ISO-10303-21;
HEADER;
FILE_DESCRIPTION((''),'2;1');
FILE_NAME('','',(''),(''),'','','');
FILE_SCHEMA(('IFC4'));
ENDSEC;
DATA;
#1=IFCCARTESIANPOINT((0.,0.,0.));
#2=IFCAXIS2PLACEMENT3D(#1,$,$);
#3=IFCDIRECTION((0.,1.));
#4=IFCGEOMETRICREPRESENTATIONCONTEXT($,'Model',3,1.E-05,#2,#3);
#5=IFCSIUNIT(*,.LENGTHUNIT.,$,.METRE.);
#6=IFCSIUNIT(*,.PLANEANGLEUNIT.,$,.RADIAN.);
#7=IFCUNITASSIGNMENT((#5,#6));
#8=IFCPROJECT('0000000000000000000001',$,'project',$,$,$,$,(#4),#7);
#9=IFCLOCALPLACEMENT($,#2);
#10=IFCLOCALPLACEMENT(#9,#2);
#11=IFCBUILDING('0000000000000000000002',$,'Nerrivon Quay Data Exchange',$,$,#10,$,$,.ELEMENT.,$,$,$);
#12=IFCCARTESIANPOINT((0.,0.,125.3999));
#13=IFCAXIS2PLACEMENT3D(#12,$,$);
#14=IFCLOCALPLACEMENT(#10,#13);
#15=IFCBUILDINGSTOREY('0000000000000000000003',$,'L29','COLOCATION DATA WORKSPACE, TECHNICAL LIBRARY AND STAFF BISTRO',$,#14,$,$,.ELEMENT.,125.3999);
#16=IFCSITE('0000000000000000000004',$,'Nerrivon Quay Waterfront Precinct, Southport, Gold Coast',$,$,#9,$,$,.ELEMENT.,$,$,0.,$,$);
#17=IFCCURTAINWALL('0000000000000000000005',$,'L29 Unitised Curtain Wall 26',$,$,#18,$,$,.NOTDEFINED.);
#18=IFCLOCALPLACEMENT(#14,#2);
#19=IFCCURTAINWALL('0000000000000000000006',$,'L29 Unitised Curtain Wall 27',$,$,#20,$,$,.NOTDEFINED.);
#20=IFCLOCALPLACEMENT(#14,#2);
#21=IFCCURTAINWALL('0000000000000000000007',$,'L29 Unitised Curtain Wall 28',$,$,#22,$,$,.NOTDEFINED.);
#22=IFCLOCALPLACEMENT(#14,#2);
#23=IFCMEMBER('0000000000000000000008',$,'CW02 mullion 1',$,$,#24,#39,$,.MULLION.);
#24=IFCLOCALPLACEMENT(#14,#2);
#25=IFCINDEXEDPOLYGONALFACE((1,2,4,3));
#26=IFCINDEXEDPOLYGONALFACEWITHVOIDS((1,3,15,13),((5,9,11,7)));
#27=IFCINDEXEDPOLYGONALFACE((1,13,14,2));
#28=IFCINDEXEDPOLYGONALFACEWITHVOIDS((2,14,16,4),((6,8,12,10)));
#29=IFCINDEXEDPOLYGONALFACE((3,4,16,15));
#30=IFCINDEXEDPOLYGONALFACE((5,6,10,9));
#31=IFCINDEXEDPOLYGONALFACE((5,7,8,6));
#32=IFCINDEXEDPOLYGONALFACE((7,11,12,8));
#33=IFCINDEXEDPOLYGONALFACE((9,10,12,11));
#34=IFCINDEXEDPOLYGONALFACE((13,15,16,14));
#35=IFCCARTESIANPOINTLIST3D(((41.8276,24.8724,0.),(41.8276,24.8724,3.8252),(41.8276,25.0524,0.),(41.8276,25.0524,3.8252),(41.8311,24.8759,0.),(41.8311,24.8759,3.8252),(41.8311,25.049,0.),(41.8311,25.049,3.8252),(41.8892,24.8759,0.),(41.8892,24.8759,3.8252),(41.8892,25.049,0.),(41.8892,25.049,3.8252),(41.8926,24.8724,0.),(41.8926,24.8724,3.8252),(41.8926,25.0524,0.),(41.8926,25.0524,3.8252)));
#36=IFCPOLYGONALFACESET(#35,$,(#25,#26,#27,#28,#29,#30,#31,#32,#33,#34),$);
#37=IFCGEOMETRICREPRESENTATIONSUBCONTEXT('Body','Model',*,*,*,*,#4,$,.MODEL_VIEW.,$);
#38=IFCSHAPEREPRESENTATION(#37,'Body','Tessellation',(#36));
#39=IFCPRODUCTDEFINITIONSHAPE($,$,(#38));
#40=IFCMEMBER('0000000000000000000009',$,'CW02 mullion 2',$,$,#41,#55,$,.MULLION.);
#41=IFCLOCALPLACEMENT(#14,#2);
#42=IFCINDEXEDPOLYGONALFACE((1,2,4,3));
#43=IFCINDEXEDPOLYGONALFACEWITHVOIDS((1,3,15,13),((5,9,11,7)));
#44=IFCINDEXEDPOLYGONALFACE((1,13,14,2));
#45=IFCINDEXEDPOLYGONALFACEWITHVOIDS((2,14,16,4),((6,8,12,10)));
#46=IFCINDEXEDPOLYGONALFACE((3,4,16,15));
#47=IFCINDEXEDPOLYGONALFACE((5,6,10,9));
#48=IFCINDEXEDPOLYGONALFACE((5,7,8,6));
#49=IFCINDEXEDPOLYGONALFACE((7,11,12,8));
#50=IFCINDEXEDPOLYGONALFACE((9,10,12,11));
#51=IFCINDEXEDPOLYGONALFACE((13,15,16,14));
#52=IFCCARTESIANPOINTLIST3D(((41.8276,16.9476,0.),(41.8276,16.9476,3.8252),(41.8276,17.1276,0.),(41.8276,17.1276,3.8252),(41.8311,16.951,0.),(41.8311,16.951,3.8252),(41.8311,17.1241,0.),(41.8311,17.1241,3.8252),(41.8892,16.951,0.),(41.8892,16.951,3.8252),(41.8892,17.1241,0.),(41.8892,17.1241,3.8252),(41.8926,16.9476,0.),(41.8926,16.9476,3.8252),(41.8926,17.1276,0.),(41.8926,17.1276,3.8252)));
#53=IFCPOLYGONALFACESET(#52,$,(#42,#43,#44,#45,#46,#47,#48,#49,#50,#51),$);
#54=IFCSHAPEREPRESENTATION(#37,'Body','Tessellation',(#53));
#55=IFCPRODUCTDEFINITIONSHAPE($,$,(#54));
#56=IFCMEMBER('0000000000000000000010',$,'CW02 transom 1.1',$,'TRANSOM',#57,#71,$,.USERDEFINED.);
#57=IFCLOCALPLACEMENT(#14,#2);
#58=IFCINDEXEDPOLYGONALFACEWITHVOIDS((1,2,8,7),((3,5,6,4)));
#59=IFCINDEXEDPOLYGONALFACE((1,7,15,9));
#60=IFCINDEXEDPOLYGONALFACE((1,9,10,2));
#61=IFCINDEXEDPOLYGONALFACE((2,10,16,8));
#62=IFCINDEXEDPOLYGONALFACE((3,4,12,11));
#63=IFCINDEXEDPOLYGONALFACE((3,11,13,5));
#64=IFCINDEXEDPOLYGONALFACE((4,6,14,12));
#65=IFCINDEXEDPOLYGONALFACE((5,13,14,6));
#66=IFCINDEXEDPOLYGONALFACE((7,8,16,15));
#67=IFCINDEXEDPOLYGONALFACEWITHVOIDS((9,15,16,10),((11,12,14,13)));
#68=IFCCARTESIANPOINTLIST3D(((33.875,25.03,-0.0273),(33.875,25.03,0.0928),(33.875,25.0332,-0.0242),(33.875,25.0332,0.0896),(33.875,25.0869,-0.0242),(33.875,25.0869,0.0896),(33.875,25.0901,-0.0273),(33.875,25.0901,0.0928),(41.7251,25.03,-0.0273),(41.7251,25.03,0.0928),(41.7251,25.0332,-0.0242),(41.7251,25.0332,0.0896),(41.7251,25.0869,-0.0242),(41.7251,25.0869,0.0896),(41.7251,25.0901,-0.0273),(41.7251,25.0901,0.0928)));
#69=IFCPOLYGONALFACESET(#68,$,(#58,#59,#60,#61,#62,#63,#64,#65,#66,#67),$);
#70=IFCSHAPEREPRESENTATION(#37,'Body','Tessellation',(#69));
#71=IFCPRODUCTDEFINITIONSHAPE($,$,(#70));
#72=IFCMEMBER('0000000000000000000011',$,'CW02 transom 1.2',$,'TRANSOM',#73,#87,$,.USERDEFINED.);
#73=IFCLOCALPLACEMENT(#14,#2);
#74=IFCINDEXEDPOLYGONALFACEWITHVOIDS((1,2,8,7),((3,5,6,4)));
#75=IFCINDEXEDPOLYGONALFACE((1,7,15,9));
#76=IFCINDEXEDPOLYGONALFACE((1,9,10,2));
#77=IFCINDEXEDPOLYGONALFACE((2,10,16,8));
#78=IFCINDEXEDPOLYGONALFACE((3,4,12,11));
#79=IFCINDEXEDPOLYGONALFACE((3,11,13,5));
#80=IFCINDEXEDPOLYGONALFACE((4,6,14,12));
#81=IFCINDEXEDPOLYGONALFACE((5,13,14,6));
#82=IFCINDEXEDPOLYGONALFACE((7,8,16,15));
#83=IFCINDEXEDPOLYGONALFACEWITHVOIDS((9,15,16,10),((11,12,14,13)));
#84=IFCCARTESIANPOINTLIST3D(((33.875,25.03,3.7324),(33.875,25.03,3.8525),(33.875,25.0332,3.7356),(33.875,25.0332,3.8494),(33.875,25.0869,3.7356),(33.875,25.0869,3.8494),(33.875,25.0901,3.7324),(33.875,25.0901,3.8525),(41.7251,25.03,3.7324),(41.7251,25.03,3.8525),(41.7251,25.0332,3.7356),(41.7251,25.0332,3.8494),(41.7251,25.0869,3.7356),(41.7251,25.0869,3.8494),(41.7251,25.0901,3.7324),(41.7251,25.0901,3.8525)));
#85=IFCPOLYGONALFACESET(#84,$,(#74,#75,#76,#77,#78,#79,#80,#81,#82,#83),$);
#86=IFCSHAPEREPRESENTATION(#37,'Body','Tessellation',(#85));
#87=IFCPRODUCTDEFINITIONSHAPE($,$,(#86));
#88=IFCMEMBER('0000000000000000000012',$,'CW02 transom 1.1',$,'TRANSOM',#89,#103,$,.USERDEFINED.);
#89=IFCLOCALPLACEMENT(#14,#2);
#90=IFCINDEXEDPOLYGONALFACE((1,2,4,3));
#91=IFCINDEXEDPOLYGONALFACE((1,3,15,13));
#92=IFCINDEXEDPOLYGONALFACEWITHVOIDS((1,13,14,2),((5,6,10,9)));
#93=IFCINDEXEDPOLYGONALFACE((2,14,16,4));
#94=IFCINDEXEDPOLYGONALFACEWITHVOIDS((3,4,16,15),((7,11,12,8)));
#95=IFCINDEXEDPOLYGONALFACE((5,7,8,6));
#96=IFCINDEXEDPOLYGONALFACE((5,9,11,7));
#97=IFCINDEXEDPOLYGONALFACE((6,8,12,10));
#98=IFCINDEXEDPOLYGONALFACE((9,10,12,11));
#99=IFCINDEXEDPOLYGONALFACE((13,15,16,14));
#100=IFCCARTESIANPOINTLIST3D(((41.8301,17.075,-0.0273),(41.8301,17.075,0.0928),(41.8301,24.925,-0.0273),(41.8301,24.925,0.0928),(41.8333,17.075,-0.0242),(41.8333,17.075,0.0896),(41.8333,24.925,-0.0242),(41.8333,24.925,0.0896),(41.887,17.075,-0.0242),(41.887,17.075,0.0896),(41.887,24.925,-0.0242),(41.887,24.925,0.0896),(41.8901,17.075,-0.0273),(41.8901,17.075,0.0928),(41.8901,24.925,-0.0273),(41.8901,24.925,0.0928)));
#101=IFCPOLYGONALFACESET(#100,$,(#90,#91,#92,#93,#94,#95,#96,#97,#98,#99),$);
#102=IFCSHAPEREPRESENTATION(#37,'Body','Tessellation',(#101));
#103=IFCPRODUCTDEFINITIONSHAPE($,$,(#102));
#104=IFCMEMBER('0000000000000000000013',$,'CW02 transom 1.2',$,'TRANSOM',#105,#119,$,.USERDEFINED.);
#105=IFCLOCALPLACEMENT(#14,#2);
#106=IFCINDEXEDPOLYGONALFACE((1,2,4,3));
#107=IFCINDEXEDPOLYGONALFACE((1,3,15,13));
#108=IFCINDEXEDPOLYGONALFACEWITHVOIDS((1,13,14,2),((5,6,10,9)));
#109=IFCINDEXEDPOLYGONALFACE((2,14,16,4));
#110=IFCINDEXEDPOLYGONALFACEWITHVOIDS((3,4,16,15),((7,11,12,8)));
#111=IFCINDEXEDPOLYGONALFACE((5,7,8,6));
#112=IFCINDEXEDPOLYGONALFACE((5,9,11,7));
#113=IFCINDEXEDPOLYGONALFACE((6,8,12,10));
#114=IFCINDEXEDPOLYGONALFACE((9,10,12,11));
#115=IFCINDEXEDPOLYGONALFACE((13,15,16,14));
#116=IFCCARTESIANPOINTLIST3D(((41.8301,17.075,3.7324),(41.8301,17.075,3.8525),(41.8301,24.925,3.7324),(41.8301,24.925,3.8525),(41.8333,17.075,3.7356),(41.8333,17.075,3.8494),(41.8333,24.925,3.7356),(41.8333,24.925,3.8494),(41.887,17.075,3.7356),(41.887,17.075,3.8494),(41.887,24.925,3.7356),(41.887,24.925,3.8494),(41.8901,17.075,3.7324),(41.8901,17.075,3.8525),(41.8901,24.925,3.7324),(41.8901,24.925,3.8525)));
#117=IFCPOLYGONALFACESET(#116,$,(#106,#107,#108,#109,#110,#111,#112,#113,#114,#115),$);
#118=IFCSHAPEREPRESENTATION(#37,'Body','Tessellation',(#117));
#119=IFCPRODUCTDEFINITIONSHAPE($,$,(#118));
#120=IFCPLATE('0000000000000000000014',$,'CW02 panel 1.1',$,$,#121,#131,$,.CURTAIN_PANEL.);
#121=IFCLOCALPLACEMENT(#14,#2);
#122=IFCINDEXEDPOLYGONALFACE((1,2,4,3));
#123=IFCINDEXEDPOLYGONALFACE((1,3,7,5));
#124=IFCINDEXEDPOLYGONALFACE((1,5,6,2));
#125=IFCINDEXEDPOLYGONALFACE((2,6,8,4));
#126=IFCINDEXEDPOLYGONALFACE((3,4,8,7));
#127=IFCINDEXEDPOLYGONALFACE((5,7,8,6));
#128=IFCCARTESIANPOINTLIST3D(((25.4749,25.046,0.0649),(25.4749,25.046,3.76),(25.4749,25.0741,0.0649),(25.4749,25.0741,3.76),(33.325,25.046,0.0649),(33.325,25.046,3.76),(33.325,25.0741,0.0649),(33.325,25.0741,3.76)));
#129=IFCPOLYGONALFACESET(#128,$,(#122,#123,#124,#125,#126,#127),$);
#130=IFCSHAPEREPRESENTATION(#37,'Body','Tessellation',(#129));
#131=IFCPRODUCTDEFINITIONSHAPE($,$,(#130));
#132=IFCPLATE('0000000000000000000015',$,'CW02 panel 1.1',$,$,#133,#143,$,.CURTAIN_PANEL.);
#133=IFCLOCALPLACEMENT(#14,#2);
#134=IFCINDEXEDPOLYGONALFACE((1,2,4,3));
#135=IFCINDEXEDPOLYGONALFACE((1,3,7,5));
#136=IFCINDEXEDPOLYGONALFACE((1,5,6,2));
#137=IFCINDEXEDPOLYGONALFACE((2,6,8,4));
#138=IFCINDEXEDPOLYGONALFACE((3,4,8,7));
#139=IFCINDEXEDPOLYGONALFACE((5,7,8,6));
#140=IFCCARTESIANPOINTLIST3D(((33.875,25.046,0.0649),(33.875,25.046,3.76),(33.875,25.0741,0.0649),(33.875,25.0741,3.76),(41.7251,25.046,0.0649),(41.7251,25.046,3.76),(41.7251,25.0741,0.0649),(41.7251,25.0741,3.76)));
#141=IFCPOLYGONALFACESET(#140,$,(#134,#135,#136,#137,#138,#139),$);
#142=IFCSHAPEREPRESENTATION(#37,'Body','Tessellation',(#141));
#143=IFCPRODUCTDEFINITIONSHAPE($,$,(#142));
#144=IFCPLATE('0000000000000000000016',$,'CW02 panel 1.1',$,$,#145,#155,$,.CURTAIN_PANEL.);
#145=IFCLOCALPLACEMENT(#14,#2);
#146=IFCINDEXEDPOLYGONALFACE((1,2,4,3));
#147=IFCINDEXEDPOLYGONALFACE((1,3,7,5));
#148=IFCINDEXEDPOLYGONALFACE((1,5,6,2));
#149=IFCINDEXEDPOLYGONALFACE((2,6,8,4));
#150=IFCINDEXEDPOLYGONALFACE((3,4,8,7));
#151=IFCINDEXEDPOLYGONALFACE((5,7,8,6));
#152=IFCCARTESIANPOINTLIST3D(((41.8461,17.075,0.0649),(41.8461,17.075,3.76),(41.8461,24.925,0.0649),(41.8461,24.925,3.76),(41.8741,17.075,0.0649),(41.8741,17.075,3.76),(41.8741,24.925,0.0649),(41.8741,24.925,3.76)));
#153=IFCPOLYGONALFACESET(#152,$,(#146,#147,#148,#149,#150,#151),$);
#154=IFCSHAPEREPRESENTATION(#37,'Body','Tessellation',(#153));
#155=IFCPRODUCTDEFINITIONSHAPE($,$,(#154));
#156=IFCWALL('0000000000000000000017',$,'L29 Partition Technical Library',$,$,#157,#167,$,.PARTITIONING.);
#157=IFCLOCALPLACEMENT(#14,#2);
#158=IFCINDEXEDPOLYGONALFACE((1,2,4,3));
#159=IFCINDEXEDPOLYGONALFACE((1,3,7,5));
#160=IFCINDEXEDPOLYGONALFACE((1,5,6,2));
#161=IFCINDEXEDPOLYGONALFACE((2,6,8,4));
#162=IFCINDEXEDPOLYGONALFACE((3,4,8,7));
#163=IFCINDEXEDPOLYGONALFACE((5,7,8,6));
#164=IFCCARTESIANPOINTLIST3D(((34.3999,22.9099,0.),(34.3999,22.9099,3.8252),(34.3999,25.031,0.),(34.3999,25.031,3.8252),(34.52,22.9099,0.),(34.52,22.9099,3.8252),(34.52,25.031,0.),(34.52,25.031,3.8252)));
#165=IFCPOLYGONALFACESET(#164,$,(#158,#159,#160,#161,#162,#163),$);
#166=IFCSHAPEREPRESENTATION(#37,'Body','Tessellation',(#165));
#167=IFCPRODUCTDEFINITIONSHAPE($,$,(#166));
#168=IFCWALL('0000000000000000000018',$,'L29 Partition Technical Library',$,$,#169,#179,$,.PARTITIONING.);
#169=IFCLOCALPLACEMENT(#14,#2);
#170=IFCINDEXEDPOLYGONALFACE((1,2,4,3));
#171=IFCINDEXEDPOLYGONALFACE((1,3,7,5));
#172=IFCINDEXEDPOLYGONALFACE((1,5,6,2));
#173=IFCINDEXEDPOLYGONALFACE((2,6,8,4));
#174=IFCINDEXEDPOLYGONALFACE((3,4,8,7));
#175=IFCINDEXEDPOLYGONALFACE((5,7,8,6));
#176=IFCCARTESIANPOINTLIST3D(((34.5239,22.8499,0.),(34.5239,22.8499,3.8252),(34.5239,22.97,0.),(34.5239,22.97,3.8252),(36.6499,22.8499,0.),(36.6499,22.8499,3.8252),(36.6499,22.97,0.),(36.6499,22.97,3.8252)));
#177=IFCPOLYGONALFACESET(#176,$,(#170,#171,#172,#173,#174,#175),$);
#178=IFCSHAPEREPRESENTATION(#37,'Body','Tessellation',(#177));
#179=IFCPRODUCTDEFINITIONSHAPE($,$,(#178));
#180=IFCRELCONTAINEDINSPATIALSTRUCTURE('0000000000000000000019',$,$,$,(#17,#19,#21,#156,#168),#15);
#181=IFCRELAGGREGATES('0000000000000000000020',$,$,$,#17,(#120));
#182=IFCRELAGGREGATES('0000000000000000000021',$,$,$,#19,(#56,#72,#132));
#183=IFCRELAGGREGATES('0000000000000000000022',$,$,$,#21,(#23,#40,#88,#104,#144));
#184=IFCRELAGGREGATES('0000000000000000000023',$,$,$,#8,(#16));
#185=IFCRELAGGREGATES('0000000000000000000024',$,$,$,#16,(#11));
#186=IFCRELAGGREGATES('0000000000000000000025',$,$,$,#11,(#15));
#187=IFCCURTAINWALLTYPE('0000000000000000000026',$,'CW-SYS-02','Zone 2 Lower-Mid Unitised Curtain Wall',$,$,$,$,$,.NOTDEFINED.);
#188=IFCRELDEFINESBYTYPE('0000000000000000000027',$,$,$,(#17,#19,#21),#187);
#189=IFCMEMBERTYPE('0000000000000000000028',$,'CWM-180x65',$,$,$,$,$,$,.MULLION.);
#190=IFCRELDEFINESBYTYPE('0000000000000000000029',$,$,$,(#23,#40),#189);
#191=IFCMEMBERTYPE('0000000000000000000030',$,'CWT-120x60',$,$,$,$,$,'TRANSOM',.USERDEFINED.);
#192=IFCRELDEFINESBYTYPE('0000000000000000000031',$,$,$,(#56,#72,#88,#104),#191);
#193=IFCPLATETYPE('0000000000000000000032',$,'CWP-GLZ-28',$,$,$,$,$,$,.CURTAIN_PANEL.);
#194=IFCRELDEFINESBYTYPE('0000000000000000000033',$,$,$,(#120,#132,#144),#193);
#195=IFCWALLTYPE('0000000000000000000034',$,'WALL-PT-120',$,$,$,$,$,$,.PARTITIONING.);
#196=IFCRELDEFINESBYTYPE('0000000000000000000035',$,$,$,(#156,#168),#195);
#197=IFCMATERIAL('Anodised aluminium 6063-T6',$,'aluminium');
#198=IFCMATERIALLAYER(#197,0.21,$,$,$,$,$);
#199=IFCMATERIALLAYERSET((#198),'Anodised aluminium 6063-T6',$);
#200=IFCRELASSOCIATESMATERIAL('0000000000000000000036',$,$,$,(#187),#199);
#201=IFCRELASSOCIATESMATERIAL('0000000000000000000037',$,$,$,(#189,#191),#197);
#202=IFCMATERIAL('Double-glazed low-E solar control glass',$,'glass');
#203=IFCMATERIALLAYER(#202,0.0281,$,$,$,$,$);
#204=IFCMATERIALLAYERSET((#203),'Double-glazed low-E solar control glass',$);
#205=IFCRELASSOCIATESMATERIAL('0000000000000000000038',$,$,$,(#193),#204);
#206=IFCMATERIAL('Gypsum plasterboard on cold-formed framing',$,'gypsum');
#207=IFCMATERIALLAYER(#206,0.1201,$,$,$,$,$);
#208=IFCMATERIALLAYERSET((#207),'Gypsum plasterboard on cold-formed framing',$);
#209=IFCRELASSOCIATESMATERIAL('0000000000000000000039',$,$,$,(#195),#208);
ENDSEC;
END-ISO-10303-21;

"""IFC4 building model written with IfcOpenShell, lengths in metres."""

from ifc_helpers import new_model, si_unit, direction, frame, frame_2d, origin, origin_2d, place, context, subcontext, project, spatial, rectangle, hollow_rectangle, extrude, material, layer, layer_set, material_profile, profile_set, type_object, element, aggregate, save


model = new_model("IFC4")

# Units and contexts
model_context = context("Model", 3, precision=1e-05, world=origin(), true_north=direction((0.0, 1.0)))
body_context = subcontext(model_context, "Body", "Model", "MODEL_VIEW")
ifc_project = project(units=[si_unit("LENGTHUNIT", "METRE"), si_unit("PLANEANGLEUNIT", "RADIAN")], contexts=[model_context])

# Site, building, storey
site_placement = place(None, origin())
site = spatial("IfcSite", under=ifc_project, at=site_placement, Name="Nerrivon Quay Waterfront Precinct, Southport, Gold Coast", CompositionType="ELEMENT", RefElevation=0.0)
building_placement = place(site_placement, origin())
building = spatial("IfcBuilding", under=site, at=building_placement, Name="Nerrivon Quay Data Exchange", CompositionType="ELEMENT")
storey_placement = place(building_placement, frame((0.0, 0.0, 125.3999)))
storey = spatial("IfcBuildingStorey", under=building, at=storey_placement, Name="L29", Description="COLOCATION DATA WORKSPACE, TECHNICAL LIBRARY AND STAFF BISTRO", CompositionType="ELEMENT", Elevation=125.3999)

# Curtain wall
ifc_material_1 = material(Name="Anodised aluminium 6063-T6", Category="aluminium")
ifc_layer_1 = layer(ifc_material_1, 0.21)
ifc_layer_set_1 = layer_set([ifc_layer_1], Name="Anodised aluminium 6063-T6")
curtain_wall_type = type_object("IfcCurtainWallType", Name="CW-SYS-02", Description="Zone 2 Lower-Mid Unitised Curtain Wall", PredefinedType="NOTDEFINED", material=ifc_layer_set_1)
curtain_wall_1_placement = place(storey_placement, origin())
curtain_wall_1 = element("IfcCurtainWall", 1, at=curtain_wall_1_placement, inside=storey, type_object=curtain_wall_type, Name="L29 Unitised Curtain Wall 26", PredefinedType="NOTDEFINED")
ifc_material_profile_1 = material_profile(ifc_material_1, hollow_rectangle(XDim=0.0649, YDim=0.1799, WallThickness=0.0034, at=origin_2d()), Name="ALU-MULL-180x65")
ifc_profile_set_1 = profile_set([ifc_material_profile_1], Name="Anodised aluminium 6063-T6")
member_type_1 = type_object("IfcMemberType", Name="CWM-180x65", PredefinedType="MULLION", material=ifc_profile_set_1)

# Curtain walls, members
curtain_wall_2_placement = place(storey_placement, origin())
curtain_wall_2 = element("IfcCurtainWall", 2, at=curtain_wall_2_placement, inside=storey, type_object=curtain_wall_type, Name="L29 Unitised Curtain Wall 27", PredefinedType="NOTDEFINED")
curtain_wall_3_placement = place(storey_placement, origin())
curtain_wall_3 = element("IfcCurtainWall", 3, at=curtain_wall_3_placement, inside=storey, type_object=curtain_wall_type, Name="L29 Unitised Curtain Wall 28", PredefinedType="NOTDEFINED")
member_1_placement = place(storey_placement, frame((41.8601, 24.9624, 0.0), z_axis=(0.0, 0.0, 1.0), x_axis=(1.0, 0.0, 0.0)))
member_1 = element("IfcMember", 4, at=member_1_placement, type_object=member_type_1, Name="CW02 mullion 1", PredefinedType="MULLION", context=body_context, shape_type="SweptSolid", body=[
    extrude(hollow_rectangle(XDim=0.0649, YDim=0.1799, WallThickness=0.0034, at=origin_2d()), origin(), (0.0, 0.0, 1.0), 3.8252),
])
member_2_placement = place(storey_placement, frame((41.8601, 17.0376, 0.0), z_axis=(0.0, 0.0, 1.0), x_axis=(1.0, 0.0, 0.0)))
member_2 = element("IfcMember", 5, at=member_2_placement, type_object=member_type_1, Name="CW02 mullion 2", PredefinedType="MULLION", context=body_context, shape_type="SweptSolid", body=[
    extrude(hollow_rectangle(XDim=0.0649, YDim=0.1799, WallThickness=0.0034, at=origin_2d()), origin(), (0.0, 0.0, 1.0), 3.8252),
])

# Members
ifc_material_profile_2 = material_profile(ifc_material_1, hollow_rectangle(XDim=0.0601, YDim=0.1201, WallThickness=0.0032, at=origin_2d()), Name="ALU-TRAN-120x60")
ifc_profile_set_2 = profile_set([ifc_material_profile_2], Name="Anodised aluminium 6063-T6")
member_type_2 = type_object("IfcMemberType", Name="CWT-120x60", ElementType="TRANSOM", PredefinedType="USERDEFINED", material=ifc_profile_set_2)
member_3_placement = place(storey_placement, frame((33.875, 25.0601, 0.0327), z_axis=(1.0, 0.0, 0.0), x_axis=(0.0, 1.0, 0.0)))
member_3 = element("IfcMember", 6, at=member_3_placement, type_object=member_type_2, Name="CW02 transom 1.1", ObjectType="TRANSOM", PredefinedType="USERDEFINED", context=body_context, shape_type="SweptSolid", body=[
    extrude(hollow_rectangle(XDim=0.0601, YDim=0.1201, WallThickness=0.0032, at=origin_2d()), origin(), (0.0, 0.0, 1.0), 7.8501),
])
member_4_placement = place(storey_placement, frame((33.875, 25.0601, 3.7925), z_axis=(1.0, 0.0, 0.0), x_axis=(0.0, 1.0, 0.0)))
member_4 = element("IfcMember", 7, at=member_4_placement, type_object=member_type_2, Name="CW02 transom 1.2", ObjectType="TRANSOM", PredefinedType="USERDEFINED", context=body_context, shape_type="SweptSolid", body=[
    extrude(hollow_rectangle(XDim=0.0601, YDim=0.1201, WallThickness=0.0032, at=origin_2d()), origin(), (0.0, 0.0, 1.0), 7.8501),
])
member_5_placement = place(storey_placement, frame((41.8601, 24.925, 0.0327), z_axis=(0.0, -1.0, 0.0), x_axis=(1.0, 0.0, 0.0)))
member_5 = element("IfcMember", 8, at=member_5_placement, type_object=member_type_2, Name="CW02 transom 1.1", ObjectType="TRANSOM", PredefinedType="USERDEFINED", context=body_context, shape_type="SweptSolid", body=[
    extrude(hollow_rectangle(XDim=0.0601, YDim=0.1201, WallThickness=0.0032, at=origin_2d()), origin(), (0.0, 0.0, 1.0), 7.8501),
])
member_6_placement = place(storey_placement, frame((41.8601, 24.925, 3.7925), z_axis=(0.0, -1.0, 0.0), x_axis=(1.0, 0.0, 0.0)))
member_6 = element("IfcMember", 9, at=member_6_placement, type_object=member_type_2, Name="CW02 transom 1.2", ObjectType="TRANSOM", PredefinedType="USERDEFINED", context=body_context, shape_type="SweptSolid", body=[
    extrude(hollow_rectangle(XDim=0.0601, YDim=0.1201, WallThickness=0.0032, at=origin_2d()), origin(), (0.0, 0.0, 1.0), 7.8501),
])

# Plates
ifc_material_2 = material(Name="Double-glazed low-E solar control glass", Category="glass")
ifc_layer_2 = layer(ifc_material_2, 0.0281)
ifc_layer_set_2 = layer_set([ifc_layer_2], Name="Double-glazed low-E solar control glass")
plate_type = type_object("IfcPlateType", Name="CWP-GLZ-28", PredefinedType="CURTAIN_PANEL", material=ifc_layer_set_2)
plate_1_placement = place(storey_placement, frame((29.3999, 25.0601, 0.0649), z_axis=(0.0, 0.0, 1.0), x_axis=(1.0, 0.0, 0.0)))
plate_1 = element("IfcPlate", 10, at=plate_1_placement, type_object=plate_type, Name="CW02 panel 1.1", PredefinedType="CURTAIN_PANEL", context=body_context, shape_type="SweptSolid", body=[
    extrude(rectangle(XDim=7.8501, YDim=0.0281, at=origin_2d()), origin(), (0.0, 0.0, 1.0), 3.6951),
])
aggregate(curtain_wall_1, [plate_1])
plate_2_placement = place(storey_placement, frame((37.8, 25.0601, 0.0649), z_axis=(0.0, 0.0, 1.0), x_axis=(1.0, 0.0, 0.0)))
plate_2 = element("IfcPlate", 11, at=plate_2_placement, type_object=plate_type, Name="CW02 panel 1.1", PredefinedType="CURTAIN_PANEL", context=body_context, shape_type="SweptSolid", body=[
    extrude(rectangle(XDim=7.8501, YDim=0.0281, at=origin_2d()), origin(), (0.0, 0.0, 1.0), 3.6951),
])
aggregate(curtain_wall_2, [member_3, member_4, plate_2])
plate_3_placement = place(storey_placement, frame((41.8601, 21.0, 0.0649), z_axis=(0.0, 0.0, 1.0), x_axis=(0.0, -1.0, 0.0)))
plate_3 = element("IfcPlate", 12, at=plate_3_placement, type_object=plate_type, Name="CW02 panel 1.1", PredefinedType="CURTAIN_PANEL", context=body_context, shape_type="SweptSolid", body=[
    extrude(rectangle(XDim=7.8501, YDim=0.0281, at=origin_2d()), origin(), (0.0, 0.0, 1.0), 3.6951),
])
aggregate(curtain_wall_3, [member_1, member_2, member_5, member_6, plate_3])

# Walls
ifc_material_3 = material(Name="Gypsum plasterboard on cold-formed framing", Category="gypsum")
ifc_layer_3 = layer(ifc_material_3, 0.1201)
ifc_layer_set_3 = layer_set([ifc_layer_3], Name="Gypsum plasterboard on cold-formed framing")
wall_type_1 = type_object("IfcWallType", Name="WALL-PT-120", PredefinedType="PARTITIONING", material=ifc_layer_set_3)
wall_1_placement = place(storey_placement, frame((34.46, 25.031, 0.0), z_axis=(0.0, 0.0, 1.0), x_axis=(0.0, -1.0, 0.0)))
element("IfcWall", 13, at=wall_1_placement, inside=storey, type_object=wall_type_1, Name="L29 Partition Technical Library", PredefinedType="PARTITIONING", context=body_context, shape_type="SweptSolid", body=[
    extrude(rectangle(XDim=2.1211, YDim=0.1201, at=frame_2d((1.0605, 0.0))), origin(), (0.0, 0.0, 1.0), 3.8252),
])
wall_2_placement = place(storey_placement, frame((34.5239, 22.9099, 0.0), z_axis=(0.0, 0.0, 1.0), x_axis=(1.0, 0.0, 0.0)))
element("IfcWall", 14, at=wall_2_placement, inside=storey, type_object=wall_type_1, Name="L29 Partition Technical Library", PredefinedType="PARTITIONING", context=body_context, shape_type="SweptSolid", body=[
    extrude(rectangle(XDim=2.126, YDim=0.1201, at=frame_2d((1.063, 0.0))), origin(), (0.0, 0.0, 1.0), 3.8252),
])

save(model, "model.ifc")
